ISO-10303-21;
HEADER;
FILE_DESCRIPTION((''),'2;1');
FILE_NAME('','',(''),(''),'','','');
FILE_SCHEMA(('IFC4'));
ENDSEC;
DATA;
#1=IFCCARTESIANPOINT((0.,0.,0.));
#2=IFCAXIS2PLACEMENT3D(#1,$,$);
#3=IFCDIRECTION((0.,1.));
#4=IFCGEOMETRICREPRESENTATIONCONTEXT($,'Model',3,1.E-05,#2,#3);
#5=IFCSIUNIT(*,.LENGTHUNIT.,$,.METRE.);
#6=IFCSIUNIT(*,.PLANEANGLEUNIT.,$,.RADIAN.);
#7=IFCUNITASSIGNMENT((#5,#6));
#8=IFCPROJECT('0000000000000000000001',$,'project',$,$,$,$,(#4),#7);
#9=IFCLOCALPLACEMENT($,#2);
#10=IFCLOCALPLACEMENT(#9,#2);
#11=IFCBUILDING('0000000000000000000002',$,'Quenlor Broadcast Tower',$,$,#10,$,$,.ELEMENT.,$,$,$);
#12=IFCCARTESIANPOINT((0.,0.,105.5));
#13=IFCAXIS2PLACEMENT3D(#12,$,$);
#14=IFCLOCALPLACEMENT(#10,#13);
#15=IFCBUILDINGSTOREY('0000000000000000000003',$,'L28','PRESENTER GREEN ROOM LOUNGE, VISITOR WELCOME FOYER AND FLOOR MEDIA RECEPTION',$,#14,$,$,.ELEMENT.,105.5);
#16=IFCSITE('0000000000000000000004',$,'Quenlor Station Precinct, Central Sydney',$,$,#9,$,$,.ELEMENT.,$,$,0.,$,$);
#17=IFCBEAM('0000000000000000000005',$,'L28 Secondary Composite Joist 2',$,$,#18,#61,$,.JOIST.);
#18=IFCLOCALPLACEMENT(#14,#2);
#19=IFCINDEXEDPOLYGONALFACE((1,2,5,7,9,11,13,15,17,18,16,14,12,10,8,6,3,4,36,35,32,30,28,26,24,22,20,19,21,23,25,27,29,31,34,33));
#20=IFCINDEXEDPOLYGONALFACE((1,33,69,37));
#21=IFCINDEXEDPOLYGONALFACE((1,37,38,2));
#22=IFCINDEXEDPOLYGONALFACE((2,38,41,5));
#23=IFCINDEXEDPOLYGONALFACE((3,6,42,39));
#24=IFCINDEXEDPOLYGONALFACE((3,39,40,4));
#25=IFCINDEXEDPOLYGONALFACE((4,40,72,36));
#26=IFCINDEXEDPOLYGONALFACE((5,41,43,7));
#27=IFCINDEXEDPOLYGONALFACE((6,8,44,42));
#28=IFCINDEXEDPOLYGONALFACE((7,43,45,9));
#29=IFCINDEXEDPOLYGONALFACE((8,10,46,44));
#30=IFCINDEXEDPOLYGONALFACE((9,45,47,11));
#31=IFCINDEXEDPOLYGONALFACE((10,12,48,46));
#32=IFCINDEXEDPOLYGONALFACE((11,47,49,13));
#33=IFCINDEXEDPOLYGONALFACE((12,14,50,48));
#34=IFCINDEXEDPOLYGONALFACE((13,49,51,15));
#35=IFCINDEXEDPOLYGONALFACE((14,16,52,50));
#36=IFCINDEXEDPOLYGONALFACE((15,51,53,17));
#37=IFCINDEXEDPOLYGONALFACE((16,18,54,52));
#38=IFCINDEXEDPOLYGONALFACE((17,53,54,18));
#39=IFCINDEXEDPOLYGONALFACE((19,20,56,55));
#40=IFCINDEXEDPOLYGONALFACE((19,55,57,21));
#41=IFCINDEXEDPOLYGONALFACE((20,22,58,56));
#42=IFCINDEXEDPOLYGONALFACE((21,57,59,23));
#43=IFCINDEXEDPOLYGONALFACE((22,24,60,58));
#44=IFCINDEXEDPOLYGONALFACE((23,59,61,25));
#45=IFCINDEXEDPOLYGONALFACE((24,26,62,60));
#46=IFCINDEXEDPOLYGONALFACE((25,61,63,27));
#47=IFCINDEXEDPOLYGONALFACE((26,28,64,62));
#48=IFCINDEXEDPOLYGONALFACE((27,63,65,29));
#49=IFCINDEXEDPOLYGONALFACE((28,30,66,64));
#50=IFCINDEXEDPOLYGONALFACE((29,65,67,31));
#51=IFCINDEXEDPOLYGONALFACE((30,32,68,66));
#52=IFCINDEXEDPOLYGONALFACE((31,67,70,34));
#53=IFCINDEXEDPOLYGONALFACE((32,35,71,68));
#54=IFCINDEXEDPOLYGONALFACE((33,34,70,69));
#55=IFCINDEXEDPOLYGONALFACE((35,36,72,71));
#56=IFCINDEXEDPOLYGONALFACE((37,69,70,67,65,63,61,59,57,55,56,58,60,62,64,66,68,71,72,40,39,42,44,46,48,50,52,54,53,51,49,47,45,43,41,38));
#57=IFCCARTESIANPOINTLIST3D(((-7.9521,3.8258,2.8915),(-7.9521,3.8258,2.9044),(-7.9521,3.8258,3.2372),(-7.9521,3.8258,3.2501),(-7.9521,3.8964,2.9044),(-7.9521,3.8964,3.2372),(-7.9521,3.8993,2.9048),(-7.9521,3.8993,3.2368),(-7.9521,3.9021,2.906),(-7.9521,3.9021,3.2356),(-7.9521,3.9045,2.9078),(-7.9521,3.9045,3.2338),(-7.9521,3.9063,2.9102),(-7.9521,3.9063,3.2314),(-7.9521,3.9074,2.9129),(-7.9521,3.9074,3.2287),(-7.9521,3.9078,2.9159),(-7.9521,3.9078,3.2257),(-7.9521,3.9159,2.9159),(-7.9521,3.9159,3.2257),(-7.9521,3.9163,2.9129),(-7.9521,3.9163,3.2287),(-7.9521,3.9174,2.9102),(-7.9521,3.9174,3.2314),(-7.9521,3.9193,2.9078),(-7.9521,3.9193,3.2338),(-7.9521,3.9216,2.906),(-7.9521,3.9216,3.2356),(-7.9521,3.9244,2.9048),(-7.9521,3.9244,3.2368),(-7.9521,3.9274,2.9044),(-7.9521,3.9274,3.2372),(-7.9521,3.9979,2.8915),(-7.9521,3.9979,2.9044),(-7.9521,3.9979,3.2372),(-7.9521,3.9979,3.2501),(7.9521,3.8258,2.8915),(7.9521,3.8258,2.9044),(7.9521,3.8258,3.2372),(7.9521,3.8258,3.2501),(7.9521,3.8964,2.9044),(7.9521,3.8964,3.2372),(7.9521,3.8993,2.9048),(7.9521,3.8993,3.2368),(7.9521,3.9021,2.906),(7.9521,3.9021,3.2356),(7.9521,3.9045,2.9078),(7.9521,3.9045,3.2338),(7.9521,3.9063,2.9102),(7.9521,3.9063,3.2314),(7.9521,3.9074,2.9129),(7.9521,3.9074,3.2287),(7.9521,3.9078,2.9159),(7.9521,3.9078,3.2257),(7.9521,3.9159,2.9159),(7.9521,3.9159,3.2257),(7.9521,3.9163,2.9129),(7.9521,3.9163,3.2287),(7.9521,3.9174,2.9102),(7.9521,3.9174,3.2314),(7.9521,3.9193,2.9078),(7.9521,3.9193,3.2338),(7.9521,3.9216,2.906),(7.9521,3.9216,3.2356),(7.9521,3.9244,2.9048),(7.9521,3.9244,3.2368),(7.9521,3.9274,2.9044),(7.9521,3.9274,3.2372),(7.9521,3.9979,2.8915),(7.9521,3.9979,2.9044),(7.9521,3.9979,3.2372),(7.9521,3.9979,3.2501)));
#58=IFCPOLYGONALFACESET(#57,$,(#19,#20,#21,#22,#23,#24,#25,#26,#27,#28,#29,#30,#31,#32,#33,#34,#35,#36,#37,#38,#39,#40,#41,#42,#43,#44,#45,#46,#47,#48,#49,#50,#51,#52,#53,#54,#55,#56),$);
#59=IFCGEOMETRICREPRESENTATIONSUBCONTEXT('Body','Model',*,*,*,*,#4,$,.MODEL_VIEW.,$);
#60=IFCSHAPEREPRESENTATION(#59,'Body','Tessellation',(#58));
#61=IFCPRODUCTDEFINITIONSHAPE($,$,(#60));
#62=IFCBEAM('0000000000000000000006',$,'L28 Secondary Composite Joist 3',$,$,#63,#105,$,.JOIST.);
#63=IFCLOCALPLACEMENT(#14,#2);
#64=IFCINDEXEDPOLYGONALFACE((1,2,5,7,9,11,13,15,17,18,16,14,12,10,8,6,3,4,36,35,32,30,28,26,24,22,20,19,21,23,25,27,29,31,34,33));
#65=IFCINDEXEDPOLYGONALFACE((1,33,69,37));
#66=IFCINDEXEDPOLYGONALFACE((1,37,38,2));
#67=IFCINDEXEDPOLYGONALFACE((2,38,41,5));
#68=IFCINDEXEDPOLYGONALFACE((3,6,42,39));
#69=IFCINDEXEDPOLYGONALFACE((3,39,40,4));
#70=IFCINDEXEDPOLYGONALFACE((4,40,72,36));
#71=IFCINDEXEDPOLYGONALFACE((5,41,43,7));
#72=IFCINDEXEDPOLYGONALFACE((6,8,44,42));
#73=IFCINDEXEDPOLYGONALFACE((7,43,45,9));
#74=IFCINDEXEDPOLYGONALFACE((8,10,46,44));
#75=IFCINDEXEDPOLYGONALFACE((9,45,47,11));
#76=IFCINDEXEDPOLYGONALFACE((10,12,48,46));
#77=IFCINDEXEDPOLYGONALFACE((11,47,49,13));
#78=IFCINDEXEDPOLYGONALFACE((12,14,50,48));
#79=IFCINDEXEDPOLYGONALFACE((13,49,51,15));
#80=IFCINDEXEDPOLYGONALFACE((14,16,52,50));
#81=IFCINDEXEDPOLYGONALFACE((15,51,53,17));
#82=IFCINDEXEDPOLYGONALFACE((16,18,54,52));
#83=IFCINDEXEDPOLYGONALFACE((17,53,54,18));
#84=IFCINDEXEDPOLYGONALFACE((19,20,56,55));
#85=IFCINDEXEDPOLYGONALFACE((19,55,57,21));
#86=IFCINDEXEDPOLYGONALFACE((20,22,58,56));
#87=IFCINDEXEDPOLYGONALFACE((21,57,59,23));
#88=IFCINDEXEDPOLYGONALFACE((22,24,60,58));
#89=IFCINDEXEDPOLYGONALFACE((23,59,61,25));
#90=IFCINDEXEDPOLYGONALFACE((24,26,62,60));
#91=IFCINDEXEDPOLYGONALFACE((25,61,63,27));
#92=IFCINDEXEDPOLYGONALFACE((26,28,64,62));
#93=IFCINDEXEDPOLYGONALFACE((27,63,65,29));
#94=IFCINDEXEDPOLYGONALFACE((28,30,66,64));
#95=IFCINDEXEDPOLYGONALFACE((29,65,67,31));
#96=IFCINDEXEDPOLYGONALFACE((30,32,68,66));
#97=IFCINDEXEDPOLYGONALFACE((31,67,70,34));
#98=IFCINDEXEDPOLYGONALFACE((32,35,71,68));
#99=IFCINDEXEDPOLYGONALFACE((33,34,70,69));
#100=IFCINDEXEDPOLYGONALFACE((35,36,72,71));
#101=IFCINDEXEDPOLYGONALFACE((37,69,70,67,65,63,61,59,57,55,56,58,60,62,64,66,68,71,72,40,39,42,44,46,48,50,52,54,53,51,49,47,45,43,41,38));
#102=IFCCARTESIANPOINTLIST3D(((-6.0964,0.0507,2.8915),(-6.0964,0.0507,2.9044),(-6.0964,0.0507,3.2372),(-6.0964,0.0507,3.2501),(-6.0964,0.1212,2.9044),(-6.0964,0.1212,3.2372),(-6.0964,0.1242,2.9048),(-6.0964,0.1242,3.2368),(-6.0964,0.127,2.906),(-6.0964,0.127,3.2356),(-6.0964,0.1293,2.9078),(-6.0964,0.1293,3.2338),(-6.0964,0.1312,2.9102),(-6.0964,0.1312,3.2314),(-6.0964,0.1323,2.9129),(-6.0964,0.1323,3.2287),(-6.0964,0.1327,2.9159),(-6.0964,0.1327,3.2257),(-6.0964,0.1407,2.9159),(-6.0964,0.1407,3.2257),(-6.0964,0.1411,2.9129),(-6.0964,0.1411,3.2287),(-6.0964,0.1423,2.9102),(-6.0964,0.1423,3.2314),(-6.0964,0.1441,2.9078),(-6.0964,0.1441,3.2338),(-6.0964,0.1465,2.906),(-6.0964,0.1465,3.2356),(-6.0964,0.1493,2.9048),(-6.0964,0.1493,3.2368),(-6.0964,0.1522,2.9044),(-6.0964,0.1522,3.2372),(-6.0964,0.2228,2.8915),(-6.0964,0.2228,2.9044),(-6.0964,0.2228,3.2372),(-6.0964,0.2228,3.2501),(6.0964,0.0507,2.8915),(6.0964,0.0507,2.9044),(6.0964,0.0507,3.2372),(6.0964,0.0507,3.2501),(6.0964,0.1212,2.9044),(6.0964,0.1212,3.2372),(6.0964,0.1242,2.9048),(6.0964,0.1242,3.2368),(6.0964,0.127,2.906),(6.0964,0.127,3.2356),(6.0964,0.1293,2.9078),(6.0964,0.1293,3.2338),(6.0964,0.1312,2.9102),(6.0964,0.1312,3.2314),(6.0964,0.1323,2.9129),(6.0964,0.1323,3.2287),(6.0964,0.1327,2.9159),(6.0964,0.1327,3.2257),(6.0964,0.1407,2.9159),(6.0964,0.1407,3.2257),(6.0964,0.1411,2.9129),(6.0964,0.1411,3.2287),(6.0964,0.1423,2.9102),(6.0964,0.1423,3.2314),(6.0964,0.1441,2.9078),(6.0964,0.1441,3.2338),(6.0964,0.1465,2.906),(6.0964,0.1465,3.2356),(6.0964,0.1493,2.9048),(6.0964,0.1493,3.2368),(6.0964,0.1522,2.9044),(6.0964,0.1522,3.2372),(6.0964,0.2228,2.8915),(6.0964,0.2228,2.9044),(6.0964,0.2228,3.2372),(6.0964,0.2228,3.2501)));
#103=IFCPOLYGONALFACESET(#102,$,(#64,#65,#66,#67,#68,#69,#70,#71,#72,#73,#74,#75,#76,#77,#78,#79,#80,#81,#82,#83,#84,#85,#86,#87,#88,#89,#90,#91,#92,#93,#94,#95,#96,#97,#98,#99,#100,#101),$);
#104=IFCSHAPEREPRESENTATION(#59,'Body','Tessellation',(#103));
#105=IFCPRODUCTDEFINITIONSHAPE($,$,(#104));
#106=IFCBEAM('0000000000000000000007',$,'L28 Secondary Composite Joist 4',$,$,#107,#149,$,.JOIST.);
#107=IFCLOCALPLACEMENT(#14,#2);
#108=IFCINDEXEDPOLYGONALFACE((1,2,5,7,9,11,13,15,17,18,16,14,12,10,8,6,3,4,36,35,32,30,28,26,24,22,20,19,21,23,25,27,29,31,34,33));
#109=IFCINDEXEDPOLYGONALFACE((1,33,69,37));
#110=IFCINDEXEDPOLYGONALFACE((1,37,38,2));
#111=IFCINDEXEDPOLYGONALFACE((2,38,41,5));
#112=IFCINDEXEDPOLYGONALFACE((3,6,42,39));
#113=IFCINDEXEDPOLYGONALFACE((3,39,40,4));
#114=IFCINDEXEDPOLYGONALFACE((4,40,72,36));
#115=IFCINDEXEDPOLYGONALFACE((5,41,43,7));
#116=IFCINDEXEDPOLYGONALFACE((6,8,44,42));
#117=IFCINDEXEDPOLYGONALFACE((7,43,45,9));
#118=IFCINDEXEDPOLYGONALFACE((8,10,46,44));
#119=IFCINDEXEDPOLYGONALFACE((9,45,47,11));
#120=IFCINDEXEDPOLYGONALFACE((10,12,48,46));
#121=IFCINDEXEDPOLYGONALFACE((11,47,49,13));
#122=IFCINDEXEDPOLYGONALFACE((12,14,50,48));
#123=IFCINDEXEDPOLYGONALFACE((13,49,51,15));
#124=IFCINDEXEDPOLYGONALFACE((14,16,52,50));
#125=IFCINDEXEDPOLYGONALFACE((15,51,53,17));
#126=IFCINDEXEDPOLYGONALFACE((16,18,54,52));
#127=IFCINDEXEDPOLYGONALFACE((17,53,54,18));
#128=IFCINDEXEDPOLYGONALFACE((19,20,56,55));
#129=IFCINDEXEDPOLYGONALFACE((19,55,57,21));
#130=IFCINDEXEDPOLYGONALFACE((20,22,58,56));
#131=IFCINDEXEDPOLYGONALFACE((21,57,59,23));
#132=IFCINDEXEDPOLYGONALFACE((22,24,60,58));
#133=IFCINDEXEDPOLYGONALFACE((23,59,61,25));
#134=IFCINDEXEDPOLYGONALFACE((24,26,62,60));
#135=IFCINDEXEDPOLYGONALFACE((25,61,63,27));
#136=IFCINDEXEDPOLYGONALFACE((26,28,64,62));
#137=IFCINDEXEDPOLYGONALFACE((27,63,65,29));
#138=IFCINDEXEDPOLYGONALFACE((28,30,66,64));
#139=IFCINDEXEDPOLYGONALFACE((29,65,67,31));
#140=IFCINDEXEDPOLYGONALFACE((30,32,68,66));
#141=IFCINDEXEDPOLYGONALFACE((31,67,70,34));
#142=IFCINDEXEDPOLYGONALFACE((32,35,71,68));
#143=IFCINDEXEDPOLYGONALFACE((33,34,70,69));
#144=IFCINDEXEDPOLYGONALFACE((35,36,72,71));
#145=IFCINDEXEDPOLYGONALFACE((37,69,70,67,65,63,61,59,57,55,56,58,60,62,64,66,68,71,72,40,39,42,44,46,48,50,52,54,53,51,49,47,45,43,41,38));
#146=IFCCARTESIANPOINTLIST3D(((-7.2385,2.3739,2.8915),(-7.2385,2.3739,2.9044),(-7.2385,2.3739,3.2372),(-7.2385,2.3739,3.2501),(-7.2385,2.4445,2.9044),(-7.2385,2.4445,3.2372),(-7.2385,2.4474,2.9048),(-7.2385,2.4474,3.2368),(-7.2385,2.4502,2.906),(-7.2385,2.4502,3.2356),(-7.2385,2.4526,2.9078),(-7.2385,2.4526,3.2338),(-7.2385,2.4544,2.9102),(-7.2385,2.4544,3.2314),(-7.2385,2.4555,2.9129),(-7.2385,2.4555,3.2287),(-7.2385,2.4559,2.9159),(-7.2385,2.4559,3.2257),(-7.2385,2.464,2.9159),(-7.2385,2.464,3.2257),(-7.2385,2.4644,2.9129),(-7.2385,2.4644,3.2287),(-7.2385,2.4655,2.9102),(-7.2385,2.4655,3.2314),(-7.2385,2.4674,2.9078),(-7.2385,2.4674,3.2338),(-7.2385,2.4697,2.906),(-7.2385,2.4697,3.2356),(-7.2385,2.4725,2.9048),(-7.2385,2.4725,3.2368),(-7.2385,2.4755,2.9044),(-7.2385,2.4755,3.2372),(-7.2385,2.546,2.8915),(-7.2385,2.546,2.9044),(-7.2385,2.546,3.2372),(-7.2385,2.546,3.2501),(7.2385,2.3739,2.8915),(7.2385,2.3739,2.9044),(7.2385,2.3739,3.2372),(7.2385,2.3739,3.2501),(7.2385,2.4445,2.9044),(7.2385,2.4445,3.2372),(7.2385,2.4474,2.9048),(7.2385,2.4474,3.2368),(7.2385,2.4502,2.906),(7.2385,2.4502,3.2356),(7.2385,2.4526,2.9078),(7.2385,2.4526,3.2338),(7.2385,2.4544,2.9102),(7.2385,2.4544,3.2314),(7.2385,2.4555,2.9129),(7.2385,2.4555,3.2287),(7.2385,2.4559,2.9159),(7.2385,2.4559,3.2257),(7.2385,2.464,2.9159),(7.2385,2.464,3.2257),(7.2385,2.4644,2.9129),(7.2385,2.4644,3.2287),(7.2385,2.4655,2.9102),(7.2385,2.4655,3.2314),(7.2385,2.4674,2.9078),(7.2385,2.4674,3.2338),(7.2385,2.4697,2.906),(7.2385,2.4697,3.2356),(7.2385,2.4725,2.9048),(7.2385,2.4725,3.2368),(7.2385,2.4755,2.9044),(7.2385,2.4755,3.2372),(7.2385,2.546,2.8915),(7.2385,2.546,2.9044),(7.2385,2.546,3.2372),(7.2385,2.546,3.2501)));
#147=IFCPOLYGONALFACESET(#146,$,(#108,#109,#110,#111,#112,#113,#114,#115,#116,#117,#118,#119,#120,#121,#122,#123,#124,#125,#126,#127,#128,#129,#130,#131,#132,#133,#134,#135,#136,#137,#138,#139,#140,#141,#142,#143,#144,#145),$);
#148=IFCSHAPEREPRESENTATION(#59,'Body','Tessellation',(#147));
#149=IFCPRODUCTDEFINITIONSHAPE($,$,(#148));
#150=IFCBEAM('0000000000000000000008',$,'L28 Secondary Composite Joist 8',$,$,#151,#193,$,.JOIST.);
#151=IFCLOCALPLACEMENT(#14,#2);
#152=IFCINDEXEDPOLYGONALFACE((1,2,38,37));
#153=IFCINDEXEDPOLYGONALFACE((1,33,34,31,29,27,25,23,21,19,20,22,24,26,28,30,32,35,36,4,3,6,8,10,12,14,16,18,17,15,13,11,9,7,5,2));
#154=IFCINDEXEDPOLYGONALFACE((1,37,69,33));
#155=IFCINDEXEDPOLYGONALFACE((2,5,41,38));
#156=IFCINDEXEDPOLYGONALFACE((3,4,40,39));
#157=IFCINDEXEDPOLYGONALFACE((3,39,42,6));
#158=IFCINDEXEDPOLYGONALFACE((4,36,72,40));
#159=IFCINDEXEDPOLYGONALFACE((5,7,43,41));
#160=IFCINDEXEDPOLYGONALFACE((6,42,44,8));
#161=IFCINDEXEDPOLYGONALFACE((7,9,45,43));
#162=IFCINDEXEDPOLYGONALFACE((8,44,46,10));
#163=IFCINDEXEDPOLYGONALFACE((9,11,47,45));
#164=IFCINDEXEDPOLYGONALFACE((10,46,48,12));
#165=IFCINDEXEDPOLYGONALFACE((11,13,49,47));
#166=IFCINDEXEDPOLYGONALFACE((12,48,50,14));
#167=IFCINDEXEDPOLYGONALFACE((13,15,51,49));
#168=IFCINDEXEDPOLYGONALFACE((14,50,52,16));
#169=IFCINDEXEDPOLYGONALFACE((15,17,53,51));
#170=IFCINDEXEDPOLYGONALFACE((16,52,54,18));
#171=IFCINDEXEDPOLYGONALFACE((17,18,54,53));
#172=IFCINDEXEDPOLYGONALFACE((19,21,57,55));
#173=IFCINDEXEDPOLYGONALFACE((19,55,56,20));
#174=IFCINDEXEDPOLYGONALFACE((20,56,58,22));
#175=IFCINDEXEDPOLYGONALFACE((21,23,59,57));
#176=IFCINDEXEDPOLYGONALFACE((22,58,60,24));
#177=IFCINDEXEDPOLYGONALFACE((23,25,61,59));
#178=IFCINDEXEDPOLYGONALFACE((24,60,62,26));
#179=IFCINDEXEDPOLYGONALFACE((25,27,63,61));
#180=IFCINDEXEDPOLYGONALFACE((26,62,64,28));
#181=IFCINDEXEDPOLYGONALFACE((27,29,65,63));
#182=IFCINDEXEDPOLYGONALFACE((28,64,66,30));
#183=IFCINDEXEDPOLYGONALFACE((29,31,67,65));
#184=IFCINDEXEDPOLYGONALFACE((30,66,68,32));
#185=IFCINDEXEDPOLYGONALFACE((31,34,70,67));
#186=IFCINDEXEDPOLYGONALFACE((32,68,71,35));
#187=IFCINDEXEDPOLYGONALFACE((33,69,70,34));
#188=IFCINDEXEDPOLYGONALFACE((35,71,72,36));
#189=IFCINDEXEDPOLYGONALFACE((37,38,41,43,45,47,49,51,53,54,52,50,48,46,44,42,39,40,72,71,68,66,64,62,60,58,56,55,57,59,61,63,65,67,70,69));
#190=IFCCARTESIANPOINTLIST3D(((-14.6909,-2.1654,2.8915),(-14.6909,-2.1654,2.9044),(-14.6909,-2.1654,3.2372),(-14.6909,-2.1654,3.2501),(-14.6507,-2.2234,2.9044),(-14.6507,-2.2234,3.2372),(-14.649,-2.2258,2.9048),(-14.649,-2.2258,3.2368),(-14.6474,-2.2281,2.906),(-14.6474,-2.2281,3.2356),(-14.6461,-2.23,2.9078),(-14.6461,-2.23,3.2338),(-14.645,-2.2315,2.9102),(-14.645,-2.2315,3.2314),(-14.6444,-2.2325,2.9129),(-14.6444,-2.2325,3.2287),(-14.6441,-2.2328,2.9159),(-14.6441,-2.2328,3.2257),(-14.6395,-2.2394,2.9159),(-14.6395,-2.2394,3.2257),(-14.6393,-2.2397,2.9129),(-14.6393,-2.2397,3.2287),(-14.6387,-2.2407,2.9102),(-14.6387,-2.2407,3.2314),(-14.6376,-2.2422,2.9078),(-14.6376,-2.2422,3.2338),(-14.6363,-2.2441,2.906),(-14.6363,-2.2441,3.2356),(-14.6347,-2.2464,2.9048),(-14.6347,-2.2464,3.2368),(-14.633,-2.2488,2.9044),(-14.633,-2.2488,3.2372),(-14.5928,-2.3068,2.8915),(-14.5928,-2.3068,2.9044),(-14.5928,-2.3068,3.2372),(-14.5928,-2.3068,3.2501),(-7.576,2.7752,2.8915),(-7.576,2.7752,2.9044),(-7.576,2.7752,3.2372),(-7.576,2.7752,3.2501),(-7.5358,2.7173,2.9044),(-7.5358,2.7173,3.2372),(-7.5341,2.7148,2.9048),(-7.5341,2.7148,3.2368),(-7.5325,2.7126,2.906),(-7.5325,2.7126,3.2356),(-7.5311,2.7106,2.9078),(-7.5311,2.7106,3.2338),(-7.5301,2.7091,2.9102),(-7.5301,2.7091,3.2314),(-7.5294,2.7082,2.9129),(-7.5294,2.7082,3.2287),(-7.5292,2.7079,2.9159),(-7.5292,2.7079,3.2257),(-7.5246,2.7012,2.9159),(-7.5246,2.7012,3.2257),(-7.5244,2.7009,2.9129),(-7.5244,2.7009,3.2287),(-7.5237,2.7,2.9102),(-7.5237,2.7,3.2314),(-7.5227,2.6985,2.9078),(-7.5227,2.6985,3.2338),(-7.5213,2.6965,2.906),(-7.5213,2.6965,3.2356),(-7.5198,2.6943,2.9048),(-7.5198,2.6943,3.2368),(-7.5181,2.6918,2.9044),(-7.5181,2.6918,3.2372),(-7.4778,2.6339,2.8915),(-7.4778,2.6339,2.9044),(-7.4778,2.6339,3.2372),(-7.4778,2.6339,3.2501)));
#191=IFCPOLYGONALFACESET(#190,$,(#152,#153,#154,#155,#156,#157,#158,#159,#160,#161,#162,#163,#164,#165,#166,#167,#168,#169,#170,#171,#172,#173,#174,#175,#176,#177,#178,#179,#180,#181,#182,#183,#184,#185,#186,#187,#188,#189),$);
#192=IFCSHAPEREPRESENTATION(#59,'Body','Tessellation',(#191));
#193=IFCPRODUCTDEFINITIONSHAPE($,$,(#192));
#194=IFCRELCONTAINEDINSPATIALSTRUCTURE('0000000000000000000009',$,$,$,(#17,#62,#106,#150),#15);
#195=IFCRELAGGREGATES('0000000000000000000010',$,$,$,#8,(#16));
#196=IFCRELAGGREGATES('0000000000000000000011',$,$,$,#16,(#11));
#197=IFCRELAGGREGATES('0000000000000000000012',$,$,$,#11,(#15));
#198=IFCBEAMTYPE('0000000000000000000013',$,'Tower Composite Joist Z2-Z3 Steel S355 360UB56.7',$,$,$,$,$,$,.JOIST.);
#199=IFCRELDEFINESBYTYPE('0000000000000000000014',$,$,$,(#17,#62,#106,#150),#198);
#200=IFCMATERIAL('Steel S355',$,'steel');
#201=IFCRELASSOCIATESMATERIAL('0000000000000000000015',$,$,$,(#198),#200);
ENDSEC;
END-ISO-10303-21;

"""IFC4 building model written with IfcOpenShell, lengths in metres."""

from ifc_helpers import new_model, si_unit, direction, frame, origin, origin_2d, place, context, subcontext, project, spatial, i_section, extrude, material, material_profile, profile_set, type_object, element, save


model = new_model("IFC4")

# Units and contexts
model_context = context("Model", 3, precision=1e-05, world=origin(), true_north=direction((0.0, 1.0)))
body_context = subcontext(model_context, "Body", "Model", "MODEL_VIEW")
ifc_project = project(units=[si_unit("LENGTHUNIT", "METRE"), si_unit("PLANEANGLEUNIT", "RADIAN")], contexts=[model_context])

# Site, building, storey
site_placement = place(None, origin())
site = spatial("IfcSite", under=ifc_project, at=site_placement, Name="Quenlor Station Precinct, Central Sydney", CompositionType="ELEMENT", RefElevation=0.0)
building_placement = place(site_placement, origin())
building = spatial("IfcBuilding", under=site, at=building_placement, Name="Quenlor Broadcast Tower", CompositionType="ELEMENT")
storey_placement = place(building_placement, frame((0.0, 0.0, 105.5)))
storey = spatial("IfcBuildingStorey", under=building, at=storey_placement, Name="L28", Description="PRESENTER GREEN ROOM LOUNGE, VISITOR WELCOME FOYER AND FLOOR MEDIA RECEPTION", CompositionType="ELEMENT", Elevation=105.5)

# Beams
ifc_material_1 = material(Name="Steel S355", Category="steel")
ifc_material_profile_1 = material_profile(ifc_material_1, i_section(OverallWidth=0.1721, OverallDepth=0.3586, WebThickness=0.0081, FlangeThickness=0.0129, FilletRadius=0.0115, at=origin_2d()))
ifc_profile_set_1 = profile_set([ifc_material_profile_1], Name="Steel S355 360UB56.7")
beam_type_1 = type_object("IfcBeamType", Name="Tower Composite Joist Z2-Z3 Steel S355 360UB56.7", PredefinedType="JOIST", material=ifc_profile_set_1)
beam_1_placement = place(storey_placement, frame((-7.9521, 3.9119, 3.0708), z_axis=(1.0, 0.0, 0.0), x_axis=(0.0, 1.0, 0.0)))
element("IfcBeam", 1, at=beam_1_placement, inside=storey, type_object=beam_type_1, Name="L28 Secondary Composite Joist 2", PredefinedType="JOIST", context=body_context, shape_type="SweptSolid", body=[
    extrude(i_section(OverallWidth=0.1721, OverallDepth=0.3586, WebThickness=0.0081, FlangeThickness=0.0129, FilletRadius=0.0115, at=origin_2d()), origin(), (0.0, 0.0, 1.0), 15.9043),
])
beam_2_placement = place(storey_placement, frame((-6.0964, 0.1367, 3.0708), z_axis=(1.0, 0.0, 0.0), x_axis=(0.0, 1.0, 0.0)))
element("IfcBeam", 2, at=beam_2_placement, inside=storey, type_object=beam_type_1, Name="L28 Secondary Composite Joist 3", PredefinedType="JOIST", context=body_context, shape_type="SweptSolid", body=[
    extrude(i_section(OverallWidth=0.1721, OverallDepth=0.3586, WebThickness=0.0081, FlangeThickness=0.0129, FilletRadius=0.0115, at=origin_2d()), origin(), (0.0, 0.0, 1.0), 12.1929),
])
beam_3_placement = place(storey_placement, frame((-7.2385, 2.46, 3.0708), z_axis=(1.0, 0.0, 0.0), x_axis=(0.0, 1.0, 0.0)))
element("IfcBeam", 3, at=beam_3_placement, inside=storey, type_object=beam_type_1, Name="L28 Secondary Composite Joist 4", PredefinedType="JOIST", context=body_context, shape_type="SweptSolid", body=[
    extrude(i_section(OverallWidth=0.1721, OverallDepth=0.3586, WebThickness=0.0081, FlangeThickness=0.0129, FilletRadius=0.0115, at=origin_2d()), origin(), (0.0, 0.0, 1.0), 14.4771),
])
beam_4_placement = place(storey_placement, frame((-14.6418, -2.2361, 3.0708), z_axis=(0.821386, 0.570373, 0.0), x_axis=(-0.570373, 0.821386, 0.0)))
element("IfcBeam", 4, at=beam_4_placement, inside=storey, type_object=beam_type_1, Name="L28 Secondary Composite Joist 8", PredefinedType="JOIST", context=body_context, shape_type="SweptSolid", body=[
    extrude(i_section(OverallWidth=0.1721, OverallDepth=0.3586, WebThickness=0.0081, FlangeThickness=0.0129, FilletRadius=0.0115, at=origin_2d()), origin(), (0.0, 0.0, 1.0), 8.6621),
])

save(model, "model.ifc")
